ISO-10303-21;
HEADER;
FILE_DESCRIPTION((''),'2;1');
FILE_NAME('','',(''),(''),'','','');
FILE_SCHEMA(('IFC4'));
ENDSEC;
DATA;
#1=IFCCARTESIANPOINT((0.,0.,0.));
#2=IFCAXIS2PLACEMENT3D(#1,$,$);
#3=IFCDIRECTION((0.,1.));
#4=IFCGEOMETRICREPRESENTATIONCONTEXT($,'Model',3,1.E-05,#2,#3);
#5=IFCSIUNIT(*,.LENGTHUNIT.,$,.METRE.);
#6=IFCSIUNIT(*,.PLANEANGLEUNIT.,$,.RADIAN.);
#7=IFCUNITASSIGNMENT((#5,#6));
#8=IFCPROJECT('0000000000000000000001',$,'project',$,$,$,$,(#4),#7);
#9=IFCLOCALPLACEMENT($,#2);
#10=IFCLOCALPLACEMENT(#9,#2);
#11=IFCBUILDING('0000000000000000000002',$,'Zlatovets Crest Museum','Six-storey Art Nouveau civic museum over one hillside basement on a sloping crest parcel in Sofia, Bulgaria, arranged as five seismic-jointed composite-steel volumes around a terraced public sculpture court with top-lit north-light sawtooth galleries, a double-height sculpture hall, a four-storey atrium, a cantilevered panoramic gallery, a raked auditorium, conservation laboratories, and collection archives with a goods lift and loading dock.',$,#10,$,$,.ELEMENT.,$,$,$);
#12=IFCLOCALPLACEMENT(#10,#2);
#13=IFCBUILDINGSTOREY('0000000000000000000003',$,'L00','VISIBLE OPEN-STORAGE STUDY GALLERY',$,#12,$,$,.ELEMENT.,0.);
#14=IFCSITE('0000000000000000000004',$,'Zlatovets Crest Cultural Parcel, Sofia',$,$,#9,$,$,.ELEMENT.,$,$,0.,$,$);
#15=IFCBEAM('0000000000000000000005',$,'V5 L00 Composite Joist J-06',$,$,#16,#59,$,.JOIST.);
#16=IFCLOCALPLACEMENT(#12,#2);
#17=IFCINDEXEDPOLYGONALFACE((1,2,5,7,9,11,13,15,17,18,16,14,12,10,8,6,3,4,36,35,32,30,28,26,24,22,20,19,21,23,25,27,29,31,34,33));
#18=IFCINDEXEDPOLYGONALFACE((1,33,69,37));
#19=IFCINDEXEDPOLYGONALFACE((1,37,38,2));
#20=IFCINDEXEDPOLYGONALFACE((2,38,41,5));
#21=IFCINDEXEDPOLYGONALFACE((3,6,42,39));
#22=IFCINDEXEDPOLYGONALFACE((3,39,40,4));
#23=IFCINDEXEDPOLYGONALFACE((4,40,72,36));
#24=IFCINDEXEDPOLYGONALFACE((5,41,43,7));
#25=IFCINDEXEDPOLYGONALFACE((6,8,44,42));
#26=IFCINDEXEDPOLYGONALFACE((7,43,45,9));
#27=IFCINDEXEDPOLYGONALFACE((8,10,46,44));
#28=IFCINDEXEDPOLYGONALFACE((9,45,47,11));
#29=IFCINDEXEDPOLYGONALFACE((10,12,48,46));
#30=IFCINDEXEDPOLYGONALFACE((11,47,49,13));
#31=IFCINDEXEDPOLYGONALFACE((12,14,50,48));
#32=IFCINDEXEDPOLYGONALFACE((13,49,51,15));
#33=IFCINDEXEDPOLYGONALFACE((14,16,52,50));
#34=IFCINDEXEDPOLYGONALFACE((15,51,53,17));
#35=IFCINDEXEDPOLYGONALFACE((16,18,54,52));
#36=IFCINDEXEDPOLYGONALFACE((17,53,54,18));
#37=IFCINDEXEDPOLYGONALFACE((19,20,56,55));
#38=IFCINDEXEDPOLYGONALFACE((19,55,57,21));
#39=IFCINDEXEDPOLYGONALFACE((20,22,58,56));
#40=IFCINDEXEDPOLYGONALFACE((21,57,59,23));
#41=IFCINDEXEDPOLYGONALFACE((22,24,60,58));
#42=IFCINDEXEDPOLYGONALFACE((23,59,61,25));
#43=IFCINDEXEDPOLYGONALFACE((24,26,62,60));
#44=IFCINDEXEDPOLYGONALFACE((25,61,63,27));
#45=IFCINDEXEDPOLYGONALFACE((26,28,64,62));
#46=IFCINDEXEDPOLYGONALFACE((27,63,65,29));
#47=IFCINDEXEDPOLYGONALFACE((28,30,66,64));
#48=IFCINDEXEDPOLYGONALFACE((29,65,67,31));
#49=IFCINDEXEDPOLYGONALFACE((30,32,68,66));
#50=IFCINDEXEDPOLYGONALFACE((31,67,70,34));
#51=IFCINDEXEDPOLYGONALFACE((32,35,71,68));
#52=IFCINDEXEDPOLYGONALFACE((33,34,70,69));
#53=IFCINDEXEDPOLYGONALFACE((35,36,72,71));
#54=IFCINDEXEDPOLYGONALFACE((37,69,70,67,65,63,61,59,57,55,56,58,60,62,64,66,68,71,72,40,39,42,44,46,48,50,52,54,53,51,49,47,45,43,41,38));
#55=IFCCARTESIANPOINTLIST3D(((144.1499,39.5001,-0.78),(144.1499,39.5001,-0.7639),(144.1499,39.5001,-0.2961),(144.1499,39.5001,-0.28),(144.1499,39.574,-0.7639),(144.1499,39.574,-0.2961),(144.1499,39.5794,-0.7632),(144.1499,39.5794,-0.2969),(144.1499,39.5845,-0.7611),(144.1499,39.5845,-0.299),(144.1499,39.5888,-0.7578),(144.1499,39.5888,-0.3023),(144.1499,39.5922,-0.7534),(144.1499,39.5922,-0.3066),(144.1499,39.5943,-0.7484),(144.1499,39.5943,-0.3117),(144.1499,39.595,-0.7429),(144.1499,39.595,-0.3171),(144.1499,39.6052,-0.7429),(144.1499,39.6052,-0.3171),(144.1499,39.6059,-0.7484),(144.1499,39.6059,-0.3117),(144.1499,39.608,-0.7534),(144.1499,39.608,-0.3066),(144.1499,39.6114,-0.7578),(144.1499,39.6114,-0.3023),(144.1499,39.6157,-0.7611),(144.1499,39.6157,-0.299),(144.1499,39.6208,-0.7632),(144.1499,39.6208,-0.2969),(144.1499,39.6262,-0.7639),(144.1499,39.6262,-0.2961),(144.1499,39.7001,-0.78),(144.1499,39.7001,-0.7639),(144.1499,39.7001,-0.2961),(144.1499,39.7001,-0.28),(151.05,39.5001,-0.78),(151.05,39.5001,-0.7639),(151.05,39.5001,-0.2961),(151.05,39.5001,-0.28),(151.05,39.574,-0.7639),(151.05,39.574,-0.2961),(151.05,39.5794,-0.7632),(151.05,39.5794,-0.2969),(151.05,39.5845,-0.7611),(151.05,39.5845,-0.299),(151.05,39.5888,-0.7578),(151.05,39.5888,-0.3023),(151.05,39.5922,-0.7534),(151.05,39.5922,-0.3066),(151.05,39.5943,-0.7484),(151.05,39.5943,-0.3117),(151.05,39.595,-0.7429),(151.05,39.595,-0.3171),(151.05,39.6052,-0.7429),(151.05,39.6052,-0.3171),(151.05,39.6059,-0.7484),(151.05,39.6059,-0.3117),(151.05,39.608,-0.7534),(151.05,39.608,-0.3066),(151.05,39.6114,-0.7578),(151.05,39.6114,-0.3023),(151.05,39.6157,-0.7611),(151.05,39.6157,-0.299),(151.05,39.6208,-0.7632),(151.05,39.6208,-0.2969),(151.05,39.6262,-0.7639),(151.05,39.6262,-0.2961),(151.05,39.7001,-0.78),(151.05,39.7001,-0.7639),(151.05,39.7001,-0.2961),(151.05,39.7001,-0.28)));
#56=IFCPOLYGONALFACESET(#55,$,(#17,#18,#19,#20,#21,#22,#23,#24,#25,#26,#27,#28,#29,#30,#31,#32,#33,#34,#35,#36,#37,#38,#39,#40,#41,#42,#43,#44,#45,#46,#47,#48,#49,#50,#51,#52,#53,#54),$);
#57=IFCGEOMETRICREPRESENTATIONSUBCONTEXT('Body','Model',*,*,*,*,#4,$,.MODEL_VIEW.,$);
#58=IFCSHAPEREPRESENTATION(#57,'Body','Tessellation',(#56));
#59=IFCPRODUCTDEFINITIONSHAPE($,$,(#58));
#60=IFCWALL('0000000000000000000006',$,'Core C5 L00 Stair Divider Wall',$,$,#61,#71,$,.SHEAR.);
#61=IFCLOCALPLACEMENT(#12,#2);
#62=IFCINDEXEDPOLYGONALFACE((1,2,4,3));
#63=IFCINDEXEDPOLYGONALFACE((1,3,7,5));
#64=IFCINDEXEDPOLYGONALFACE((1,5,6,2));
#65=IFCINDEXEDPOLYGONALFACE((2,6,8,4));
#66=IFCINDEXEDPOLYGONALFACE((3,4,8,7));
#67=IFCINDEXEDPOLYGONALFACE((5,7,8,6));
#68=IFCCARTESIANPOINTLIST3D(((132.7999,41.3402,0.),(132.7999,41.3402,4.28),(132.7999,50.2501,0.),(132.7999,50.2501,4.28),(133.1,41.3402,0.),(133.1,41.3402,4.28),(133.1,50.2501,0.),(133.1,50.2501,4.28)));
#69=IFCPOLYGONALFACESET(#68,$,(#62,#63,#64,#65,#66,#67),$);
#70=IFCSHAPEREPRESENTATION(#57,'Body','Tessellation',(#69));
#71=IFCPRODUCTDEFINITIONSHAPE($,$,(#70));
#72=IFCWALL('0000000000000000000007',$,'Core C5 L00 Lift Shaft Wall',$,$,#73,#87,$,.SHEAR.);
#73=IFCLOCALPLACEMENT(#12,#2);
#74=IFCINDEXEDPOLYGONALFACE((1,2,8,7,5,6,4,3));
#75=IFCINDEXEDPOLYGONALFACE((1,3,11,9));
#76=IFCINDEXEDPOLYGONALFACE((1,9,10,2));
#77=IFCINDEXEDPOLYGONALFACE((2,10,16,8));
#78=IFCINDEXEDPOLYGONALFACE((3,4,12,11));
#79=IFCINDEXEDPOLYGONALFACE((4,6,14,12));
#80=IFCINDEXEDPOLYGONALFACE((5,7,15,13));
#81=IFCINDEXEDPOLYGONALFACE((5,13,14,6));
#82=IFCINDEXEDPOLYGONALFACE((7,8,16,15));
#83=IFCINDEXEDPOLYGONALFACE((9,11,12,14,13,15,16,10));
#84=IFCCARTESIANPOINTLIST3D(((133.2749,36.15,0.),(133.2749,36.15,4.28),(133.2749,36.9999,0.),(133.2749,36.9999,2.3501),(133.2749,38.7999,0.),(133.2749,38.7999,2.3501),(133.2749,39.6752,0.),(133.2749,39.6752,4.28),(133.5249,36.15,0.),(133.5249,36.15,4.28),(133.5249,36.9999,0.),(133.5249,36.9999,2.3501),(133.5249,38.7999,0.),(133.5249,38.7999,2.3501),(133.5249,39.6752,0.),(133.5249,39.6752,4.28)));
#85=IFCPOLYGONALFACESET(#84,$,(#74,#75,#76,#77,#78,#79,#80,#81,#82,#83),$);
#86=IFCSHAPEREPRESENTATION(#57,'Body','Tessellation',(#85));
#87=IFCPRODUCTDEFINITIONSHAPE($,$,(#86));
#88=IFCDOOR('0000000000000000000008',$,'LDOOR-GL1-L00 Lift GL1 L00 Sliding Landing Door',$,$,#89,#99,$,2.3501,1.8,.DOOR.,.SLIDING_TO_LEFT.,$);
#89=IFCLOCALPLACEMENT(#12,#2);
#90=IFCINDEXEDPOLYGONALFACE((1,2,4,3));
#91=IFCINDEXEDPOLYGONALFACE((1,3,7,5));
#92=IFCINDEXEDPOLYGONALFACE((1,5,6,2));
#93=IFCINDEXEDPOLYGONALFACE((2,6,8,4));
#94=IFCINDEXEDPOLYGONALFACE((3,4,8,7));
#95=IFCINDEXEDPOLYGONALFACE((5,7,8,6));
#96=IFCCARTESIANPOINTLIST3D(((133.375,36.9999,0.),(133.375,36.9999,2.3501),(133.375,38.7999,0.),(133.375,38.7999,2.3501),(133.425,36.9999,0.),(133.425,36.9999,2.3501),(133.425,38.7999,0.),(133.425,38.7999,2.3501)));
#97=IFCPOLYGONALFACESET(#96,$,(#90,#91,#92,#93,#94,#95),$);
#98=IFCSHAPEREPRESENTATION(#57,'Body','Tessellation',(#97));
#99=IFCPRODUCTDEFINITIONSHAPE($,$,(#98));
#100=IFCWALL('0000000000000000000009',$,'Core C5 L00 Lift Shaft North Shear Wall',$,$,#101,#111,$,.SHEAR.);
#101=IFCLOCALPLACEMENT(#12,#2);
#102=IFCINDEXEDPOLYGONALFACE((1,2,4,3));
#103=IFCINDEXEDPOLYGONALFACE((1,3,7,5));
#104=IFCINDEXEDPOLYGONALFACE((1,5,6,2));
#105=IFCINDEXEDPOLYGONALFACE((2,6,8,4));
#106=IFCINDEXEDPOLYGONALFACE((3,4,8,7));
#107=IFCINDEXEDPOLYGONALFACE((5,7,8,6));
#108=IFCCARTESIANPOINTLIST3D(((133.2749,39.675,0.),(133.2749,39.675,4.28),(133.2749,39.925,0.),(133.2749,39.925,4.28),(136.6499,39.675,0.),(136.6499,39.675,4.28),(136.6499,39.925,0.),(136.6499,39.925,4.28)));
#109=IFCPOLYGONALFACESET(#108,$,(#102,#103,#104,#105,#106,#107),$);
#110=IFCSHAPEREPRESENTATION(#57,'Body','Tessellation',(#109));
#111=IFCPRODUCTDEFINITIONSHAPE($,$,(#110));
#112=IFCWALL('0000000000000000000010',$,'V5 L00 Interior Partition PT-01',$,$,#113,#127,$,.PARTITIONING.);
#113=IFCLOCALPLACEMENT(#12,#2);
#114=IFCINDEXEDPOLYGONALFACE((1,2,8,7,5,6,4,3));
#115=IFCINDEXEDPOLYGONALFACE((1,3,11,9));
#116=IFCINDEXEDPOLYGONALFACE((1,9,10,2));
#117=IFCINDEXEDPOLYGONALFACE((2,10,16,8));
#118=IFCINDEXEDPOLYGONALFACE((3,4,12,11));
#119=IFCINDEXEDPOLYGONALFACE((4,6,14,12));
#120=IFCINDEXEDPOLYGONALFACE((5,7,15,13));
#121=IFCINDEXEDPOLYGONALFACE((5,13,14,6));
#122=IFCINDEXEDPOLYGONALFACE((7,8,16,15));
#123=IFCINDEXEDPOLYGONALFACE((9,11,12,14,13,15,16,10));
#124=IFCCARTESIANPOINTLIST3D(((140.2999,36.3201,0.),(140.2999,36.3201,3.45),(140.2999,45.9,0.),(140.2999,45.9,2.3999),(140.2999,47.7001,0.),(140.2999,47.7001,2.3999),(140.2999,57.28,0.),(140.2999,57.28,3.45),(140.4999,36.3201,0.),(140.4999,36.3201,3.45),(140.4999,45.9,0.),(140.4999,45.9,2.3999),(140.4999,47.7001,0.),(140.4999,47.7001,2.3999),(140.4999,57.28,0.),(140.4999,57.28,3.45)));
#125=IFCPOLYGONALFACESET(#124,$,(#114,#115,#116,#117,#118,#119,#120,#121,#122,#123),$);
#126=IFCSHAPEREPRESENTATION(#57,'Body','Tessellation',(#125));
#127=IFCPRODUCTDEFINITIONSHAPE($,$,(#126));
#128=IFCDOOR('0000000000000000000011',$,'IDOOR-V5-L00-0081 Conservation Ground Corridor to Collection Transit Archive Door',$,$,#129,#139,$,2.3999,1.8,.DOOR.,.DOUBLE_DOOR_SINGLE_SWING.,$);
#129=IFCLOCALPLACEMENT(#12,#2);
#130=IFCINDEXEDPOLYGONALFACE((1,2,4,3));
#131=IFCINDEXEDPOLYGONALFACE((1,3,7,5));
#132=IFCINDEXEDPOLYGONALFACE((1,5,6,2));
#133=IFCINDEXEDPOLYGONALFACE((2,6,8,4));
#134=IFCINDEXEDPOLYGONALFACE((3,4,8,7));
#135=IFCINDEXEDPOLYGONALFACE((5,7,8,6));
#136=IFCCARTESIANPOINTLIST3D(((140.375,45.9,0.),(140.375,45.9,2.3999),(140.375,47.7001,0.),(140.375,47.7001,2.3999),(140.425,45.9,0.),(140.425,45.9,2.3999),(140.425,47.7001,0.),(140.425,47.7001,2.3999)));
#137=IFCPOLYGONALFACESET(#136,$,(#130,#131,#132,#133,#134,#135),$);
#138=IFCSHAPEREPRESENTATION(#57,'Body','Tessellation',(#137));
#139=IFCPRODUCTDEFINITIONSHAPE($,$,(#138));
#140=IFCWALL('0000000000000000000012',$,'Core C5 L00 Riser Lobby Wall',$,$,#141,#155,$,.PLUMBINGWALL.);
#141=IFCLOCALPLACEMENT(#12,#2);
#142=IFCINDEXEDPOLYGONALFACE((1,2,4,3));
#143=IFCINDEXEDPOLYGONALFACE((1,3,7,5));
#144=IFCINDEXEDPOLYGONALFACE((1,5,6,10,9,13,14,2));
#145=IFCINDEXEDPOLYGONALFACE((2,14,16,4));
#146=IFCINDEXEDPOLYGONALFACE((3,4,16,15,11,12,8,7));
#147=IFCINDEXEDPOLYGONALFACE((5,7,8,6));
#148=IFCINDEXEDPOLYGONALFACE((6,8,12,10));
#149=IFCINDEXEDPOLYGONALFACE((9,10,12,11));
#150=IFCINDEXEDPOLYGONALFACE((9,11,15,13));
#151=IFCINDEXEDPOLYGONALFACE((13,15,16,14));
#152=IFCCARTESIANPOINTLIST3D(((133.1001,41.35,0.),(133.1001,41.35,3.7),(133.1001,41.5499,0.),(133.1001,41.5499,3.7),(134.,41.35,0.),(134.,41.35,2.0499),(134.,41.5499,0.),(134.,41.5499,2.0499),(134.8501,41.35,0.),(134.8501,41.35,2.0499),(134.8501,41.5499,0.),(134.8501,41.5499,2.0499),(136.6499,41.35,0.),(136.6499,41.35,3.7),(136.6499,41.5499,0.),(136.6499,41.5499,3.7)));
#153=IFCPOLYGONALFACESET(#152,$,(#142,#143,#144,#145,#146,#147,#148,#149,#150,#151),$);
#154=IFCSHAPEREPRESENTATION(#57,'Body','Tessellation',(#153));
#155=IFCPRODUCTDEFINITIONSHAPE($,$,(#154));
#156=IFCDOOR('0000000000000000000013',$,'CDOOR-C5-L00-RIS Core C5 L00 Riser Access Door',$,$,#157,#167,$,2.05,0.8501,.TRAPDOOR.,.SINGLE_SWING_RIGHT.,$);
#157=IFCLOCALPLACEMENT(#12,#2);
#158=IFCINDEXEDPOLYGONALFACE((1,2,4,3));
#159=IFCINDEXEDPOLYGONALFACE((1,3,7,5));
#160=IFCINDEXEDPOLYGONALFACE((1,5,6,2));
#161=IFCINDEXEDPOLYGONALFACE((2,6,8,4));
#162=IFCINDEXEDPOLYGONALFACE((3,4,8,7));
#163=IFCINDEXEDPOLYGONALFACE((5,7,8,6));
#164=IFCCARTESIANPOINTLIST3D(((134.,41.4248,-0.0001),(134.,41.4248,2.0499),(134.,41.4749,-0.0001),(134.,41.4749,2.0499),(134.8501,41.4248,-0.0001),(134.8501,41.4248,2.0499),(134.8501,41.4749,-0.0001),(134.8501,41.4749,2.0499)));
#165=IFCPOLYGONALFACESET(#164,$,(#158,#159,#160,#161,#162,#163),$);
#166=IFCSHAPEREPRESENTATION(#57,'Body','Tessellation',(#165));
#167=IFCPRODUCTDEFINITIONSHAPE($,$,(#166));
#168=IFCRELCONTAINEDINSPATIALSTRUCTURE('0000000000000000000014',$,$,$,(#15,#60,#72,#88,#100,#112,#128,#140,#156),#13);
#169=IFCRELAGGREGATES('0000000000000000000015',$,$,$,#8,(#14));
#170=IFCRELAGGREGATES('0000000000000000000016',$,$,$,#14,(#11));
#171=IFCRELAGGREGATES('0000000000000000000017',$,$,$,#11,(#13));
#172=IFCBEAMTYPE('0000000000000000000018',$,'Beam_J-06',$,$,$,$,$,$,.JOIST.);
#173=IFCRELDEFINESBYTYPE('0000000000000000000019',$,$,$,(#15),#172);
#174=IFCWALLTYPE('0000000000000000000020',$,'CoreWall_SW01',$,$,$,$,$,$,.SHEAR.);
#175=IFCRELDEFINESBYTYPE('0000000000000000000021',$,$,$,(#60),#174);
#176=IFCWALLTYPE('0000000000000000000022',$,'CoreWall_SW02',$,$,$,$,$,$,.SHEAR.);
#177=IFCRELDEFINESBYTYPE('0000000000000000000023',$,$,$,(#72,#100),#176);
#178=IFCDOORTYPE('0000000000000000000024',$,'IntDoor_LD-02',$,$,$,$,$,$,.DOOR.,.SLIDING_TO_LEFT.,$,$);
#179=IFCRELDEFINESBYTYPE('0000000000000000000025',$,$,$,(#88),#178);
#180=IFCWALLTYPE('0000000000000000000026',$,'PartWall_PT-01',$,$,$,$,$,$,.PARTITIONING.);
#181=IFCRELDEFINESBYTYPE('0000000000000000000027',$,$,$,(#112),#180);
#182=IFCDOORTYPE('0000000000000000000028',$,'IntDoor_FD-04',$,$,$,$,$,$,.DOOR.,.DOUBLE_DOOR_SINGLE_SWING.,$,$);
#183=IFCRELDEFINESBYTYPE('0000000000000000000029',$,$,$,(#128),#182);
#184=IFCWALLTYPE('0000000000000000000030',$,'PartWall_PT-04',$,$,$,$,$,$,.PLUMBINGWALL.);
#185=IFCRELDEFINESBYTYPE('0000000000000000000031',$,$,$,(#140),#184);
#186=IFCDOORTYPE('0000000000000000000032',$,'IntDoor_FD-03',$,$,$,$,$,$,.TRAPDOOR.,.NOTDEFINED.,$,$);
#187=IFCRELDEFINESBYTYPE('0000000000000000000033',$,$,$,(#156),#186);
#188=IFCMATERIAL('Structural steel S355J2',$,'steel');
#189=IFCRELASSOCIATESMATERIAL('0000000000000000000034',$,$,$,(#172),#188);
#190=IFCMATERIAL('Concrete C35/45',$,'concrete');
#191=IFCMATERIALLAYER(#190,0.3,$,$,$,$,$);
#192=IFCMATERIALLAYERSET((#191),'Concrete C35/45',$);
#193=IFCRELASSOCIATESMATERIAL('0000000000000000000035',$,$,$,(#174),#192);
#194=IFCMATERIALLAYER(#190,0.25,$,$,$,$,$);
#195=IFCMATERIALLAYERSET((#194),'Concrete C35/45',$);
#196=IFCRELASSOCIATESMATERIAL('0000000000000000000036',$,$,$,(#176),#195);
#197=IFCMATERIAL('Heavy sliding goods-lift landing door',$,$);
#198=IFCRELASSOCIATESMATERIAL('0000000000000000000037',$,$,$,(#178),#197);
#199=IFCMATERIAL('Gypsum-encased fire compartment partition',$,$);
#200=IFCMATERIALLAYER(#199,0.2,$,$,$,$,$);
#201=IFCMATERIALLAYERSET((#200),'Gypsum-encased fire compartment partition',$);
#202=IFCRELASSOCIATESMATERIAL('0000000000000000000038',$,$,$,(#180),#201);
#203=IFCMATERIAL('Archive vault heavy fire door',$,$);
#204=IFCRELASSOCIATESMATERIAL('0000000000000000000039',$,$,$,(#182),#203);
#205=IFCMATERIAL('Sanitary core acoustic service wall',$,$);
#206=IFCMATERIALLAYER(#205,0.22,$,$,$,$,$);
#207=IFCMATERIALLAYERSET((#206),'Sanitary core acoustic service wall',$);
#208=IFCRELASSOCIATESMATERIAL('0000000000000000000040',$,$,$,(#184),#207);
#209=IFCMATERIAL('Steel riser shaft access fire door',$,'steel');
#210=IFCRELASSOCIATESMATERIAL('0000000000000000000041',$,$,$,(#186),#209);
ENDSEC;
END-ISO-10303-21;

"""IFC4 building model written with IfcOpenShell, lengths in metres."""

from ifc_helpers import new_model, si_unit, direction, frame, frame_2d, origin, origin_2d, place, context, subcontext, project, spatial, rectangle, i_section, extrude, material, layer, layer_set, material_profile, profile_set, type_object, element, fill, save


model = new_model("IFC4")

# Units and contexts
model_context = context("Model", 3, precision=1e-05, world=origin(), true_north=direction((0.0, 1.0)))
body_context = subcontext(model_context, "Body", "Model", "MODEL_VIEW")
ifc_project = project(units=[si_unit("LENGTHUNIT", "METRE"), si_unit("PLANEANGLEUNIT", "RADIAN")], contexts=[model_context])

# Site, building, storey
site_placement = place(None, origin())
site = spatial("IfcSite", under=ifc_project, at=site_placement, Name="Zlatovets Crest Cultural Parcel, Sofia", CompositionType="ELEMENT", RefElevation=0.0)
building_placement = place(site_placement, origin())
building = spatial("IfcBuilding", under=site, at=building_placement, Name="Zlatovets Crest Museum", Description="Six-storey Art Nouveau civic museum over one hillside basement on a sloping crest parcel in Sofia, Bulgaria, arranged as five seismic-jointed composite-steel volumes around a terraced public sculpture court with top-lit north-light sawtooth galleries, a double-height sculpture hall, a four-storey atrium, a cantilevered panoramic gallery, a raked auditorium, conservation laboratories, and collection archives with a goods lift and loading dock.", CompositionType="ELEMENT")
storey_placement = place(building_placement, origin())
storey = spatial("IfcBuildingStorey", under=building, at=storey_placement, Name="L00", Description="VISIBLE OPEN-STORAGE STUDY GALLERY", CompositionType="ELEMENT", Elevation=0.0)

# Shared definitions
ifc_material_1 = material(Name="Structural steel S355J2", Category="steel")

# Beam
ifc_material_profile_1 = material_profile(ifc_material_1, i_section(OverallWidth=0.2, OverallDepth=0.5, WebThickness=0.0103, FlangeThickness=0.0161, FilletRadius=0.021, at=origin_2d()), Name="IPE 500")
ifc_profile_set_1 = profile_set([ifc_material_profile_1], Name="Structural steel S355J2")
beam_type_1 = type_object("IfcBeamType", Name="Beam_J-06", PredefinedType="JOIST", material=ifc_profile_set_1)
for number, where, z_axis, x_axis, name in (
    (1, (144.1499, 39.6001, -0.53), (1.0, 0.0, 0.0), (0.0, 1.0, 0.0), "V5 L00 Composite Joist J-06"),
):
    element("IfcBeam", number, at=place(storey_placement, frame(where, z_axis=z_axis, x_axis=x_axis)), inside=storey, type_object=beam_type_1, Name=name, PredefinedType="JOIST", context=body_context, shape_type="SweptSolid", body=[
        extrude(i_section(OverallWidth=0.2, OverallDepth=0.5, WebThickness=0.0103, FlangeThickness=0.0161, FilletRadius=0.021, at=origin_2d()), origin(), (0.0, 0.0, 1.0), 6.9001),
    ])

# Shared definitions
ifc_material_2 = material(Name="Concrete C35/45", Category="concrete")
ifc_layer_1 = layer(ifc_material_2, 0.3)
ifc_layer_set_1 = layer_set([ifc_layer_1], Name="Concrete C35/45")
wall_type_1 = type_object("IfcWallType", Name="CoreWall_SW01", PredefinedType="SHEAR", material=ifc_layer_set_1)

# Wall
wall_1_placement = place(storey_placement, frame((132.95, 41.3401, 0.0), z_axis=(0.0, 0.0, 1.0), x_axis=(0.0, 1.0, 0.0)))
element("IfcWall", 2, at=wall_1_placement, inside=storey, type_object=wall_type_1, Name="Core C5 L00 Stair Divider Wall", PredefinedType="SHEAR", context=body_context, shape_type="SweptSolid", body=[
    extrude(rectangle(XDim=8.9099, YDim=0.3, at=frame_2d((4.4551, 0.0))), origin(), (0.0, 0.0, 1.0), 4.28),
])

# Wall, opening, door
ifc_layer_2 = layer(ifc_material_2, 0.25)
ifc_layer_set_2 = layer_set([ifc_layer_2], Name="Concrete C35/45")
wall_type_2 = type_object("IfcWallType", Name="CoreWall_SW02", PredefinedType="SHEAR", material=ifc_layer_set_2)
wall_2_placement = place(storey_placement, frame((133.3999, 36.1499, 0.0), z_axis=(0.0, 0.0, 1.0), x_axis=(0.0, 1.0, 0.0)))
wall_2 = element("IfcWall", 3, at=wall_2_placement, inside=storey, type_object=wall_type_2, Name="Core C5 L00 Lift Shaft Wall", PredefinedType="SHEAR", context=body_context, shape_type="SweptSolid", body=[
    extrude(rectangle(XDim=3.5251, YDim=0.25, at=frame_2d((1.7627, 0.0))), origin(), (0.0, 0.0, 1.0), 4.28),
])
opening_1_placement = place(wall_2_placement, frame((0.8501, 0.0, 0.0)))
opening_1 = element("IfcOpeningElement", 4, at=opening_1_placement, cuts=wall_2, PredefinedType="OPENING", context=body_context, shape_type="SweptSolid", body=[
    extrude(rectangle(XDim=1.8, YDim=2.3501, at=frame_2d((0.8999, 1.175))), frame((0.0, 0.135, 0.0), z_axis=(0.0, -1.0, 0.0), x_axis=(1.0, 0.0, 0.0)), (0.0, 0.0, 1.0), 0.27),
])
ifc_material_3 = material(Name="Heavy sliding goods-lift landing door")
door_type_1 = type_object("IfcDoorType", Name="IntDoor_LD-02", OperationType="SLIDING_TO_LEFT", PredefinedType="DOOR", material=ifc_material_3)
door_1_placement = place(opening_1_placement, origin())
door_1 = element("IfcDoor", 5, at=door_1_placement, inside=storey, type_object=door_type_1, Name="LDOOR-GL1-L00 Lift GL1 L00 Sliding Landing Door", OperationType="SLIDING_TO_LEFT", OverallHeight=2.3501, OverallWidth=1.8, PredefinedType="DOOR", context=body_context, shape_type="SweptSolid", body=[
    extrude(rectangle(XDim=1.8, YDim=2.3501, at=frame_2d((0.8999, 1.175))), frame((0.0, 0.0249, 0.0), z_axis=(0.0, -1.0, 0.0), x_axis=(1.0, 0.0, 0.0)), (0.0, 0.0, 1.0), 0.05),
])
fill(opening_1, door_1)

# Wall
wall_3_placement = place(storey_placement, frame((133.2749, 39.8, 0.0), z_axis=(0.0, 0.0, 1.0), x_axis=(1.0, 0.0, 0.0)))
element("IfcWall", 6, at=wall_3_placement, inside=storey, type_object=wall_type_2, Name="Core C5 L00 Lift Shaft North Shear Wall", PredefinedType="SHEAR", context=body_context, shape_type="SweptSolid", body=[
    extrude(rectangle(XDim=3.375, YDim=0.25, at=frame_2d((1.6875, 0.0))), origin(), (0.0, 0.0, 1.0), 4.28),
])

# Walls, openings, doors
ifc_material_4 = material(Name="Gypsum-encased fire compartment partition")
ifc_layer_3 = layer(ifc_material_4, 0.2)
ifc_layer_set_3 = layer_set([ifc_layer_3], Name="Gypsum-encased fire compartment partition")
wall_type_3 = type_object("IfcWallType", Name="PartWall_PT-01", PredefinedType="PARTITIONING", material=ifc_layer_set_3)
wall_4_placement = place(storey_placement, frame((140.3999, 36.3201, 0.0), z_axis=(0.0, 0.0, 1.0), x_axis=(0.0, 1.0, 0.0)))
wall_4 = element("IfcWall", 7, at=wall_4_placement, inside=storey, type_object=wall_type_3, Name="V5 L00 Interior Partition PT-01", PredefinedType="PARTITIONING", context=body_context, shape_type="SweptSolid", body=[
    extrude(rectangle(XDim=20.96, YDim=0.2, at=frame_2d((10.48, 0.0))), origin(), (0.0, 0.0, 1.0), 3.45),
])
opening_2_placement = place(wall_4_placement, frame((9.5801, 0.0, 0.0)))
opening_2 = element("IfcOpeningElement", 8, at=opening_2_placement, cuts=wall_4, PredefinedType="OPENING", context=body_context, shape_type="SweptSolid", body=[
    extrude(rectangle(XDim=1.8, YDim=2.3999, at=frame_2d((0.8999, 1.2))), frame((0.0, 0.1099, 0.0), z_axis=(0.0, -1.0, 0.0), x_axis=(1.0, 0.0, 0.0)), (0.0, 0.0, 1.0), 0.22),
])
ifc_material_5 = material(Name="Archive vault heavy fire door")
door_type_2 = type_object("IfcDoorType", Name="IntDoor_FD-04", OperationType="DOUBLE_DOOR_SINGLE_SWING", PredefinedType="DOOR", material=ifc_material_5)
door_2_placement = place(opening_2_placement, origin())
door_2 = element("IfcDoor", 9, at=door_2_placement, inside=storey, type_object=door_type_2, Name="IDOOR-V5-L00-0081 Conservation Ground Corridor to Collection Transit Archive Door", OperationType="DOUBLE_DOOR_SINGLE_SWING", OverallHeight=2.3999, OverallWidth=1.8, PredefinedType="DOOR", context=body_context, shape_type="SweptSolid", body=[
    extrude(rectangle(XDim=1.8, YDim=2.3999, at=frame_2d((0.8999, 1.2))), frame((0.0, 0.0249, 0.0), z_axis=(0.0, -1.0, 0.0), x_axis=(1.0, 0.0, 0.0)), (0.0, 0.0, 1.0), 0.05),
])
fill(opening_2, door_2)
ifc_material_6 = material(Name="Sanitary core acoustic service wall")
ifc_layer_4 = layer(ifc_material_6, 0.22)
ifc_layer_set_4 = layer_set([ifc_layer_4], Name="Sanitary core acoustic service wall")
wall_type_4 = type_object("IfcWallType", Name="PartWall_PT-04", PredefinedType="PLUMBINGWALL", material=ifc_layer_set_4)
wall_5_placement = place(storey_placement, frame((133.1001, 41.45, 0.0), z_axis=(0.0, 0.0, 1.0), x_axis=(1.0, 0.0, 0.0)))
wall_5 = element("IfcWall", 10, at=wall_5_placement, inside=storey, type_object=wall_type_4, Name="Core C5 L00 Riser Lobby Wall", PredefinedType="PLUMBINGWALL", context=body_context, shape_type="SweptSolid", body=[
    extrude(rectangle(XDim=3.5498, YDim=0.2, at=frame_2d((1.7749, 0.0))), origin(), (0.0, 0.0, 1.0), 3.7),
])
opening_3_placement = place(wall_5_placement, frame((0.8999, 0.0, 0.0)))
opening_3 = element("IfcOpeningElement", 11, at=opening_3_placement, cuts=wall_5, PredefinedType="OPENING", context=body_context, shape_type="SweptSolid", body=[
    extrude(rectangle(XDim=0.8501, YDim=2.05, at=frame_2d((0.425, 1.0249))), frame((0.0, 0.1099, 0.0), z_axis=(0.0, -1.0, 0.0), x_axis=(1.0, 0.0, 0.0)), (0.0, 0.0, 1.0), 0.22),
])
ifc_material_7 = material(Name="Steel riser shaft access fire door", Category="steel")
door_type_3 = type_object("IfcDoorType", Name="IntDoor_FD-03", OperationType="NOTDEFINED", PredefinedType="TRAPDOOR", material=ifc_material_7)
door_3_placement = place(opening_3_placement, origin())
door_3 = element("IfcDoor", 12, at=door_3_placement, inside=storey, type_object=door_type_3, Name="CDOOR-C5-L00-RIS Core C5 L00 Riser Access Door", OperationType="SINGLE_SWING_RIGHT", OverallHeight=2.05, OverallWidth=0.8501, PredefinedType="TRAPDOOR", context=body_context, shape_type="SweptSolid", body=[
    extrude(rectangle(XDim=0.8501, YDim=2.05, at=frame_2d((0.425, 1.0249))), frame((0.0, 0.0249, 0.0), z_axis=(0.0, -1.0, 0.0), x_axis=(1.0, 0.0, 0.0)), (0.0, 0.0, 1.0), 0.05),
])
fill(opening_3, door_3)

save(model, "model.ifc")
